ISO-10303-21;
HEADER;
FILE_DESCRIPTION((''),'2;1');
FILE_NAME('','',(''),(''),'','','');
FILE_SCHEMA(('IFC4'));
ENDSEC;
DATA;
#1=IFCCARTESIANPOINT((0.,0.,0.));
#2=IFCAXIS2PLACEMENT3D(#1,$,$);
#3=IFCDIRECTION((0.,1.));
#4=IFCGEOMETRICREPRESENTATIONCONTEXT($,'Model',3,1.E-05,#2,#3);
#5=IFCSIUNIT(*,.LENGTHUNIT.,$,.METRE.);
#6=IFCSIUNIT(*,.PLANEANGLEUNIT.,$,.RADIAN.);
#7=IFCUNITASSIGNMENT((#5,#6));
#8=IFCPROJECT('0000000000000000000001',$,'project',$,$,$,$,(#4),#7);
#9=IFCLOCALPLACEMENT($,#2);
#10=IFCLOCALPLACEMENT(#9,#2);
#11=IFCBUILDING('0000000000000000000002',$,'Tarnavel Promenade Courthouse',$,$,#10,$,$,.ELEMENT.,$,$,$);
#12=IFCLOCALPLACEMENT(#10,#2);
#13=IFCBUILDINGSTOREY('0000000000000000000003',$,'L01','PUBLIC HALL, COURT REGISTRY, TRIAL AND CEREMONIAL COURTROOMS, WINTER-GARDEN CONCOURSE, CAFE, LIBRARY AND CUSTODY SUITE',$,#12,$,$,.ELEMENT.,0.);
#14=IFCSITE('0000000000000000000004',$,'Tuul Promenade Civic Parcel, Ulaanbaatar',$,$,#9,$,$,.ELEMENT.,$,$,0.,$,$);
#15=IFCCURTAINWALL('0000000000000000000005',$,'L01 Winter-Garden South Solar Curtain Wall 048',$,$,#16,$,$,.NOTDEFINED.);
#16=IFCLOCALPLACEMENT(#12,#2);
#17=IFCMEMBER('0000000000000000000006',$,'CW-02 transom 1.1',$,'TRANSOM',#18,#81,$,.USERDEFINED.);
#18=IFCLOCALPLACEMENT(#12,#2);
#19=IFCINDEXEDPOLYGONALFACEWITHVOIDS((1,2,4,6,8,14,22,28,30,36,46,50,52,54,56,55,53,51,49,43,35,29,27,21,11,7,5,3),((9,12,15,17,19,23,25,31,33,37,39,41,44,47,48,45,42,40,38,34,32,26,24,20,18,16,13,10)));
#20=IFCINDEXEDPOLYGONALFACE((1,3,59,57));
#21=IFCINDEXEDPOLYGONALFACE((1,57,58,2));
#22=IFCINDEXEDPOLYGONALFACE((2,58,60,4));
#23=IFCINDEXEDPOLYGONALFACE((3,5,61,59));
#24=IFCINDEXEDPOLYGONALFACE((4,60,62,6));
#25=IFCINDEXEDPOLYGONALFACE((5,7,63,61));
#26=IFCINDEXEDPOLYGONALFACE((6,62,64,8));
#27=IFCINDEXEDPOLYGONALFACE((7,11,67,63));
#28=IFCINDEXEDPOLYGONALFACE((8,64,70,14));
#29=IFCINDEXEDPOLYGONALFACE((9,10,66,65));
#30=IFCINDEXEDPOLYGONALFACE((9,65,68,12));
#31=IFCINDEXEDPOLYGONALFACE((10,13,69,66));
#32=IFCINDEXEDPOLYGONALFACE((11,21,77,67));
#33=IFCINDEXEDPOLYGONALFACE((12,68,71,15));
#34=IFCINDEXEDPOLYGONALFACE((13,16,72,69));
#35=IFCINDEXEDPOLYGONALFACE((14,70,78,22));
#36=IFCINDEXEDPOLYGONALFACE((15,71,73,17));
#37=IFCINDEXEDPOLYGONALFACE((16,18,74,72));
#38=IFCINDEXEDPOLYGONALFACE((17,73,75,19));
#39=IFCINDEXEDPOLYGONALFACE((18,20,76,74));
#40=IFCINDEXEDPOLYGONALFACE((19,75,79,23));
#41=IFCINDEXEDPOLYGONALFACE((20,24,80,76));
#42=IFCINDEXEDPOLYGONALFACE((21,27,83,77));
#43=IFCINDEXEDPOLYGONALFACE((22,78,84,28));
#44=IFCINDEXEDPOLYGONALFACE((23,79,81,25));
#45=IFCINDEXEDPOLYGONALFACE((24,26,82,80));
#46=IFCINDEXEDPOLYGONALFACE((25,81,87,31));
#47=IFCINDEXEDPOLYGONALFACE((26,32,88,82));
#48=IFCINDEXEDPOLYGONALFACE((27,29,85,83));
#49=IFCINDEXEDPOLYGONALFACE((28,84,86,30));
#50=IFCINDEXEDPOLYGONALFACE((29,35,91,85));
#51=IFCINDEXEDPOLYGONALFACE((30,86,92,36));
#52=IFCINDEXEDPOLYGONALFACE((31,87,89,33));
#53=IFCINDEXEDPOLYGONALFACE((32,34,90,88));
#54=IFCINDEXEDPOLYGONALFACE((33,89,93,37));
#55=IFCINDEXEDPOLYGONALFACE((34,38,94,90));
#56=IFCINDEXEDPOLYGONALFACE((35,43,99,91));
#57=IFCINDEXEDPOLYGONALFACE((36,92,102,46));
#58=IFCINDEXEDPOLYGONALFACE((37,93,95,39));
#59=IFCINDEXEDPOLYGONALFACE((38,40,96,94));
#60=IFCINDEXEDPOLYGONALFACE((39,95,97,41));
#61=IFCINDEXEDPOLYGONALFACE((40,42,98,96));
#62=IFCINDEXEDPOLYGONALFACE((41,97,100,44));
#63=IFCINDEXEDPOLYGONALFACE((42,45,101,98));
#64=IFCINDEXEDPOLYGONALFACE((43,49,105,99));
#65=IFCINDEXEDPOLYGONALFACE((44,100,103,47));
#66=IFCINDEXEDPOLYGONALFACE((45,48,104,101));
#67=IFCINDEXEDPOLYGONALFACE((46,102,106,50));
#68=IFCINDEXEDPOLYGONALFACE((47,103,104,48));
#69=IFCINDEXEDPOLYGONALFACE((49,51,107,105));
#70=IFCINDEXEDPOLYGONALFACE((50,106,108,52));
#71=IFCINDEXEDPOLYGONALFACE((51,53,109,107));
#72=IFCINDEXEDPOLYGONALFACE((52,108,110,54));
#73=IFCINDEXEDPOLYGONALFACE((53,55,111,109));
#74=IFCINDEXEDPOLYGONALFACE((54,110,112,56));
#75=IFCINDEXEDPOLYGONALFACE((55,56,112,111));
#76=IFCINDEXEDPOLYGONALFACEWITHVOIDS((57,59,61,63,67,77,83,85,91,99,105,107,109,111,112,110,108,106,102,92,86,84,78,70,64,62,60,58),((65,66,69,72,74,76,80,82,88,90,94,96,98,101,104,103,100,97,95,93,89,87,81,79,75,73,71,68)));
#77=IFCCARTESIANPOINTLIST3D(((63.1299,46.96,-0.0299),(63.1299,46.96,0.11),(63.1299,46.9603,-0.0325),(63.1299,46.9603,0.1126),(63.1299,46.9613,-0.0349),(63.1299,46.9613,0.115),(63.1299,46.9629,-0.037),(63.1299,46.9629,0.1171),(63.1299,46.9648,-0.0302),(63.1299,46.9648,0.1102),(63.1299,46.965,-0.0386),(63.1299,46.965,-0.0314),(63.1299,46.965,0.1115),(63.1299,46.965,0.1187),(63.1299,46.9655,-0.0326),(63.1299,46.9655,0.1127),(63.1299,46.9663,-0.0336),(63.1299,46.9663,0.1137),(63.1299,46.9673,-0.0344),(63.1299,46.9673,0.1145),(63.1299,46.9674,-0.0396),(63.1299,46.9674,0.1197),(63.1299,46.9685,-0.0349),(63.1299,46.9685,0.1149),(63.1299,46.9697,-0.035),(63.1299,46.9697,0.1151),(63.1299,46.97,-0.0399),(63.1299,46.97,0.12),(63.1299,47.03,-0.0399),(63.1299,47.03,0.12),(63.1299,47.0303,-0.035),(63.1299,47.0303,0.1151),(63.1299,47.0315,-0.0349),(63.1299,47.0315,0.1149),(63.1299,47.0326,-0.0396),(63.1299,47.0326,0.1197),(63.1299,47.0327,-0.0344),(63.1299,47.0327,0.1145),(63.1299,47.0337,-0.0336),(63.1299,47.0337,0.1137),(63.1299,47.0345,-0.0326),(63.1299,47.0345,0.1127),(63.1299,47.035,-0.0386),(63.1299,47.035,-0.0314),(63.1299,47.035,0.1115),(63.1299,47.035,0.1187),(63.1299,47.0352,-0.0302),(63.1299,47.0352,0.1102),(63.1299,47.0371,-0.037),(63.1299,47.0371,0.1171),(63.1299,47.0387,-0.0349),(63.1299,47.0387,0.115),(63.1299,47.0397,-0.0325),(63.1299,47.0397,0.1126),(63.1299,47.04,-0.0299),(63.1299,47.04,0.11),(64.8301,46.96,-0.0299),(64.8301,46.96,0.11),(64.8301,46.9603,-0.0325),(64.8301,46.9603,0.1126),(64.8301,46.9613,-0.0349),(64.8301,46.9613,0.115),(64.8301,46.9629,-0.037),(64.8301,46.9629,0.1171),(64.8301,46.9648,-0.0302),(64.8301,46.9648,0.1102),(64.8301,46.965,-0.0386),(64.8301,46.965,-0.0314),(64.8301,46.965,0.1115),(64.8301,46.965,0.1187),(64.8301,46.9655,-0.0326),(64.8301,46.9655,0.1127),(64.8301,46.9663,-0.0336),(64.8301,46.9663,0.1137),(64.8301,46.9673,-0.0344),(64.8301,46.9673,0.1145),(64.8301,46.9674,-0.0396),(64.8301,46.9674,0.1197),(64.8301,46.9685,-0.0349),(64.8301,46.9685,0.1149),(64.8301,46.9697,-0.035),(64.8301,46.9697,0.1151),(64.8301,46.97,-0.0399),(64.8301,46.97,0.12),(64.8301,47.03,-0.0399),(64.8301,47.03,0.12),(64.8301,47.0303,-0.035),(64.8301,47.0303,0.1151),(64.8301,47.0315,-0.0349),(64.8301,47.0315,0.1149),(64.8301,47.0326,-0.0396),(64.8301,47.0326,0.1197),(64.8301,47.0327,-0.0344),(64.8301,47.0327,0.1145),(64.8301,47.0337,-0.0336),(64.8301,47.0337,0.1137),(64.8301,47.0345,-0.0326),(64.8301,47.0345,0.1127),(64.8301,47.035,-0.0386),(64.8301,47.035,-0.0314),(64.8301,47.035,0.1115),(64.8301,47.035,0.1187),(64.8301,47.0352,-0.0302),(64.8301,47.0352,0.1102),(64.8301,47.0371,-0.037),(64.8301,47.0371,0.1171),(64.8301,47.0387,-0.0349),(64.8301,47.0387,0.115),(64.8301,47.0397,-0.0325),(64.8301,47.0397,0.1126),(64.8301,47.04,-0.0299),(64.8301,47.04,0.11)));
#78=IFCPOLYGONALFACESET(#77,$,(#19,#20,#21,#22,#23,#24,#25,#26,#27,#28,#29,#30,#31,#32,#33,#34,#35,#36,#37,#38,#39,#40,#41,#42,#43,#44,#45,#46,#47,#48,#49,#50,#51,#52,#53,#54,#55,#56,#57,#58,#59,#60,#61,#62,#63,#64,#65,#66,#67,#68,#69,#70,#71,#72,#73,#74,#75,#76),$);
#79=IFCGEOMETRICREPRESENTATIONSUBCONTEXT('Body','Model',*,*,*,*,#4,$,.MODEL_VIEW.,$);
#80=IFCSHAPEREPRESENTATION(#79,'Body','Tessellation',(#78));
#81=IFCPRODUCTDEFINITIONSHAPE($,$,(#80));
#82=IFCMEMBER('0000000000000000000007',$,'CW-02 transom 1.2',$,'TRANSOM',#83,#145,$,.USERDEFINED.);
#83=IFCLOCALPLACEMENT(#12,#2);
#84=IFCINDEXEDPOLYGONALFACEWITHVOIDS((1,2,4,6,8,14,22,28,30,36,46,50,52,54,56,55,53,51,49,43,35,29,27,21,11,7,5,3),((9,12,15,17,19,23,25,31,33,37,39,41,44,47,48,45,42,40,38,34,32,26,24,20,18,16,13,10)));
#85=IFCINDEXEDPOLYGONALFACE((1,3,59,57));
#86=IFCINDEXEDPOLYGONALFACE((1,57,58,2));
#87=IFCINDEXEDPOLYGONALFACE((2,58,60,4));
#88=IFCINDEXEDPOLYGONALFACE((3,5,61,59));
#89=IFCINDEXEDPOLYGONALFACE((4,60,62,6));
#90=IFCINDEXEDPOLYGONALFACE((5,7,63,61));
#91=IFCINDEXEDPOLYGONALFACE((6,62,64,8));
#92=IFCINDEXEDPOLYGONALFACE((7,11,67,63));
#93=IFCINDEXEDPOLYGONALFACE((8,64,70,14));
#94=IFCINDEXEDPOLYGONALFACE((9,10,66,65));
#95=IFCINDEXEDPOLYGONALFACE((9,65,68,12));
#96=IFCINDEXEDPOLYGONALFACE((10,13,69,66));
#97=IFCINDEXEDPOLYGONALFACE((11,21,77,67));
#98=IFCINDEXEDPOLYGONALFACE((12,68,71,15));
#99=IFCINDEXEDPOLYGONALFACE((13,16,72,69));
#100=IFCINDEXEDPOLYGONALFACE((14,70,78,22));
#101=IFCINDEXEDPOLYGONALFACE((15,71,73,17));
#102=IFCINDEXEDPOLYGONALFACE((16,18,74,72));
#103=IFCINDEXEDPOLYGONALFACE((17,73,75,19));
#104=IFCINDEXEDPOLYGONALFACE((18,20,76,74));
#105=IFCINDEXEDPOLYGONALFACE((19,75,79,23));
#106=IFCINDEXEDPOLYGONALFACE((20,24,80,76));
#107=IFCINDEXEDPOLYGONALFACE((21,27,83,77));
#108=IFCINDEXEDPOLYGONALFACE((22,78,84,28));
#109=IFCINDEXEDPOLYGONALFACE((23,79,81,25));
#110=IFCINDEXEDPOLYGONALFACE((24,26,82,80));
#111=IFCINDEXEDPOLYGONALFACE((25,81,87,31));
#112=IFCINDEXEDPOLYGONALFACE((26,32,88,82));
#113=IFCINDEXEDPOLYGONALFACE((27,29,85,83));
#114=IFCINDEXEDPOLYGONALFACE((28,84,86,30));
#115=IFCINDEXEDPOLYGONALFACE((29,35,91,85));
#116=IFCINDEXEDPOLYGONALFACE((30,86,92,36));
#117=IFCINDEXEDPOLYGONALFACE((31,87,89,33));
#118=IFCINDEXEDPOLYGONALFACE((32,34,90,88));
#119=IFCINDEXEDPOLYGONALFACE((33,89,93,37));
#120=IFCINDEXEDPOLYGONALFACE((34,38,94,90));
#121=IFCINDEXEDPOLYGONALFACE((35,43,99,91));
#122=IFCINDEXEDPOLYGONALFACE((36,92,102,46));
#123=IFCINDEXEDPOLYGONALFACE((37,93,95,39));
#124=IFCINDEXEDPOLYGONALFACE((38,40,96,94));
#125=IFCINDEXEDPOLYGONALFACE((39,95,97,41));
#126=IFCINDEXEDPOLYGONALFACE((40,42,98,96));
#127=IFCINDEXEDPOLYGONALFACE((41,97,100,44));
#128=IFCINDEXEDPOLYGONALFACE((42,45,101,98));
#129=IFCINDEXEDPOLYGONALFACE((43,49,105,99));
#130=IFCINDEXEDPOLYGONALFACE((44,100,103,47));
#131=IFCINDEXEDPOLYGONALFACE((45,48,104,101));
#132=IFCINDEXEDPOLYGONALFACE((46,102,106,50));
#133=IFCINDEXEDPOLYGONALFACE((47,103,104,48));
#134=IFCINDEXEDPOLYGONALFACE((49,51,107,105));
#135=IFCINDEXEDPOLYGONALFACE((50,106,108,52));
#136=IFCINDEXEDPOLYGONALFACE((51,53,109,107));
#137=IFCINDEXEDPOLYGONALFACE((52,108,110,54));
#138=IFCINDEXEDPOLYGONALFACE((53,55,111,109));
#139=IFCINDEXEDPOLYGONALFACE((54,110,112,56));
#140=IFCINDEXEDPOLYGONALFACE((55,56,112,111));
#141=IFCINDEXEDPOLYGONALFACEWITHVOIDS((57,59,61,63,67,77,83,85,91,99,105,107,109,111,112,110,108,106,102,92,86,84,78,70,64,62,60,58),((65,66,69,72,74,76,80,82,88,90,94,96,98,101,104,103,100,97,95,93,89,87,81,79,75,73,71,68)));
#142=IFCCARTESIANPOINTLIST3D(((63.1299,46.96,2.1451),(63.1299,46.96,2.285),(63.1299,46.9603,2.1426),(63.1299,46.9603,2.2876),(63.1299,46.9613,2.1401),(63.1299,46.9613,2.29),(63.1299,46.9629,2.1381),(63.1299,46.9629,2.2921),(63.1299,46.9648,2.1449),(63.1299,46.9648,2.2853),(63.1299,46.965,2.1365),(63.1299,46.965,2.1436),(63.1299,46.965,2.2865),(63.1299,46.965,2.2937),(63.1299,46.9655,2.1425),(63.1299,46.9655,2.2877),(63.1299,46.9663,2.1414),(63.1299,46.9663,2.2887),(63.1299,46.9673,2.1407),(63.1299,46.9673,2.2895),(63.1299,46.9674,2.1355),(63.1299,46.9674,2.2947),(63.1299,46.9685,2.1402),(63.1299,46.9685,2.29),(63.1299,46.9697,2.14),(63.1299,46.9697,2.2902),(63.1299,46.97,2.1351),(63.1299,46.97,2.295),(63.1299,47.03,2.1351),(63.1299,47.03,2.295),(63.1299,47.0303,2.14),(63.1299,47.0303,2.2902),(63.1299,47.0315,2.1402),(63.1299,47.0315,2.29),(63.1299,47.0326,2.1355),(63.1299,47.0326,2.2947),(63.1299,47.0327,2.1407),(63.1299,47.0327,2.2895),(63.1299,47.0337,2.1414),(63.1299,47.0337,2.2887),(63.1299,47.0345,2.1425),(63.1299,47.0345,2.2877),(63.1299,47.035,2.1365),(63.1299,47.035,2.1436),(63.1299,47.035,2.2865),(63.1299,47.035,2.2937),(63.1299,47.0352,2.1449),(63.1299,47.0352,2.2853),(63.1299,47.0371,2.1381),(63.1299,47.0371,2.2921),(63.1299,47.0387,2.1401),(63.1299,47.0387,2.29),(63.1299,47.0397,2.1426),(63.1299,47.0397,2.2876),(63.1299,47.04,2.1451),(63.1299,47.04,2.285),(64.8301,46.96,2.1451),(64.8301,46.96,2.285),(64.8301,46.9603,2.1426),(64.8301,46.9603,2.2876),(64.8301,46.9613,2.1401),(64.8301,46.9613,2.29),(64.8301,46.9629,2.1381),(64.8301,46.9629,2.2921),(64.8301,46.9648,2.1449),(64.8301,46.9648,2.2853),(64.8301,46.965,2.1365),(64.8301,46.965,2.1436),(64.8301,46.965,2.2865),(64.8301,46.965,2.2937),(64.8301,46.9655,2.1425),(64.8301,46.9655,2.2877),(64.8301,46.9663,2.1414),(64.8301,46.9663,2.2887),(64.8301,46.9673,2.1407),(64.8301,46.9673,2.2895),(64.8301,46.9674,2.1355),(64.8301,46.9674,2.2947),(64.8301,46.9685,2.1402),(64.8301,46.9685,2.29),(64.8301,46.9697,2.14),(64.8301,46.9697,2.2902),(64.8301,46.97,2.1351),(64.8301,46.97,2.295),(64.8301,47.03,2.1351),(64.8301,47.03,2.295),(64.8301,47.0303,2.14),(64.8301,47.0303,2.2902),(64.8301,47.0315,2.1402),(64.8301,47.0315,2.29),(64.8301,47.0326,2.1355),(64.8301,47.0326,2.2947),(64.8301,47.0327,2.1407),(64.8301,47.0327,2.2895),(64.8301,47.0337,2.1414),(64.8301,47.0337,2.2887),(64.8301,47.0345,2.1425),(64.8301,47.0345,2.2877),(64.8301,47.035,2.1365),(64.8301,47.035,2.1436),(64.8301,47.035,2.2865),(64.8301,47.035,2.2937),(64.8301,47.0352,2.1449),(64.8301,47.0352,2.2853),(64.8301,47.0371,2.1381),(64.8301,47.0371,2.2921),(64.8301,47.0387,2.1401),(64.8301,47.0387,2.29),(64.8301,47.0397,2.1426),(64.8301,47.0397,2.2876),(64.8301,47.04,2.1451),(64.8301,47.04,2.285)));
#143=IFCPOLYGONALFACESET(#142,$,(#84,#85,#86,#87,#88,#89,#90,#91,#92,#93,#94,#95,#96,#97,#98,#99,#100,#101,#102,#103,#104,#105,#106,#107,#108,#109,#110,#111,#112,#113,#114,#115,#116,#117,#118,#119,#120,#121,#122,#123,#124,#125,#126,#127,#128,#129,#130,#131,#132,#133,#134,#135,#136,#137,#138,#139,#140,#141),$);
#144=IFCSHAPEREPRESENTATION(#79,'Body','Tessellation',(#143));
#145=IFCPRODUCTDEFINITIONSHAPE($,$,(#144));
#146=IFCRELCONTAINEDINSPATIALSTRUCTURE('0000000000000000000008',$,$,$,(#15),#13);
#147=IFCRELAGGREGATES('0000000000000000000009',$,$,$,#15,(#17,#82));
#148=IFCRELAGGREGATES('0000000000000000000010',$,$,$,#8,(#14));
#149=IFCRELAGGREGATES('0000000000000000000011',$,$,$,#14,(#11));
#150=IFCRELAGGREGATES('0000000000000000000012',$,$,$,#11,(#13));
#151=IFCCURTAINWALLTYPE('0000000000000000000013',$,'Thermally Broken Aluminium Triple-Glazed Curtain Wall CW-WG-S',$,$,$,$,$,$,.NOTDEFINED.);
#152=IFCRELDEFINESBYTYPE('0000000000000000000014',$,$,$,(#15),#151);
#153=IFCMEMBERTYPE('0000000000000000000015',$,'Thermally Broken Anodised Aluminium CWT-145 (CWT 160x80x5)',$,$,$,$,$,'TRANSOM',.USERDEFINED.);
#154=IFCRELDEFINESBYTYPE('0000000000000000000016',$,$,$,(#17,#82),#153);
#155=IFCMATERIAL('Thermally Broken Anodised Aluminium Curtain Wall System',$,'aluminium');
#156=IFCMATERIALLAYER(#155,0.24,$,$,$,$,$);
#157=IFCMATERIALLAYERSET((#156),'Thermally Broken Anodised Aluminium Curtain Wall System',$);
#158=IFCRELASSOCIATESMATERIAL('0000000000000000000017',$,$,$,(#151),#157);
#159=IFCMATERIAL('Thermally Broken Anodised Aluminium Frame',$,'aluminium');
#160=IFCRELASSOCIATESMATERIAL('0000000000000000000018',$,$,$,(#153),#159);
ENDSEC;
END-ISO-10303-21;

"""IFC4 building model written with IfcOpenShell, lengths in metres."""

from ifc_helpers import new_model, si_unit, direction, frame, origin, origin_2d, place, context, subcontext, project, spatial, hollow_rectangle, extrude, material, layer, layer_set, material_profile, profile_set, type_object, element, aggregate, save


model = new_model("IFC4")

# Units and contexts
model_context = context("Model", 3, precision=1e-05, world=origin(), true_north=direction((0.0, 1.0)))
body_context = subcontext(model_context, "Body", "Model", "MODEL_VIEW")
ifc_project = project(units=[si_unit("LENGTHUNIT", "METRE"), si_unit("PLANEANGLEUNIT", "RADIAN")], contexts=[model_context])

# Site, building, storey
site_placement = place(None, origin())
site = spatial("IfcSite", under=ifc_project, at=site_placement, Name="Tuul Promenade Civic Parcel, Ulaanbaatar", CompositionType="ELEMENT", RefElevation=0.0)
building_placement = place(site_placement, origin())
building = spatial("IfcBuilding", under=site, at=building_placement, Name="Tarnavel Promenade Courthouse", CompositionType="ELEMENT")
storey_placement = place(building_placement, origin())
storey = spatial("IfcBuildingStorey", under=building, at=storey_placement, Name="L01", Description="PUBLIC HALL, COURT REGISTRY, TRIAL AND CEREMONIAL COURTROOMS, WINTER-GARDEN CONCOURSE, CAFE, LIBRARY AND CUSTODY SUITE", CompositionType="ELEMENT", Elevation=0.0)

# Curtain wall
ifc_material_1 = material(Name="Thermally Broken Anodised Aluminium Curtain Wall System", Category="aluminium")
ifc_layer_1 = layer(ifc_material_1, 0.24)
ifc_layer_set_1 = layer_set([ifc_layer_1], Name="Thermally Broken Anodised Aluminium Curtain Wall System")
curtain_wall_type = type_object("IfcCurtainWallType", Name="Thermally Broken Aluminium Triple-Glazed Curtain Wall CW-WG-S", PredefinedType="NOTDEFINED", material=ifc_layer_set_1)
ifc_material_2 = material(Name="Thermally Broken Anodised Aluminium Frame", Category="aluminium")
curtain_wall_1_placement = place(storey_placement, origin())
curtain_wall_1 = element("IfcCurtainWall", 1, at=curtain_wall_1_placement, inside=storey, type_object=curtain_wall_type, Name="L01 Winter-Garden South Solar Curtain Wall 048", PredefinedType="NOTDEFINED")

# Members
ifc_material_profile_1 = material_profile(ifc_material_2, hollow_rectangle(XDim=0.0801, YDim=0.1599, WallThickness=0.0049, InnerFilletRadius=0.0049, OuterFilletRadius=0.01, at=origin_2d()), Name="CWT 160x80x5")
ifc_profile_set_1 = profile_set([ifc_material_profile_1], Name="Thermally Broken Anodised Aluminium Frame")
member_type_1 = type_object("IfcMemberType", Name="Thermally Broken Anodised Aluminium CWT-145 (CWT 160x80x5)", ElementType="TRANSOM", PredefinedType="USERDEFINED", material=ifc_profile_set_1)
member_1_placement = place(storey_placement, frame((63.1299, 47.0, 0.04), z_axis=(1.0, 0.0, 0.0), x_axis=(0.0, 1.0, 0.0)))
member_1 = element("IfcMember", 2, at=member_1_placement, type_object=member_type_1, Name="CW-02 transom 1.1", ObjectType="TRANSOM", PredefinedType="USERDEFINED", context=body_context, shape_type="SweptSolid", body=[
    extrude(hollow_rectangle(XDim=0.0801, YDim=0.1599, WallThickness=0.0049, InnerFilletRadius=0.0049, OuterFilletRadius=0.01, at=origin_2d()), origin(), (0.0, 0.0, 1.0), 1.7002),
])
member_2_placement = place(storey_placement, frame((63.1299, 47.0, 2.2151), z_axis=(1.0, 0.0, 0.0), x_axis=(0.0, 1.0, 0.0)))
member_2 = element("IfcMember", 3, at=member_2_placement, type_object=member_type_1, Name="CW-02 transom 1.2", ObjectType="TRANSOM", PredefinedType="USERDEFINED", context=body_context, shape_type="SweptSolid", body=[
    extrude(hollow_rectangle(XDim=0.0801, YDim=0.1599, WallThickness=0.0049, InnerFilletRadius=0.0049, OuterFilletRadius=0.01, at=origin_2d()), origin(), (0.0, 0.0, 1.0), 1.7002),
])

aggregate(curtain_wall_1, [member_1, member_2])

save(model, "model.ifc")
